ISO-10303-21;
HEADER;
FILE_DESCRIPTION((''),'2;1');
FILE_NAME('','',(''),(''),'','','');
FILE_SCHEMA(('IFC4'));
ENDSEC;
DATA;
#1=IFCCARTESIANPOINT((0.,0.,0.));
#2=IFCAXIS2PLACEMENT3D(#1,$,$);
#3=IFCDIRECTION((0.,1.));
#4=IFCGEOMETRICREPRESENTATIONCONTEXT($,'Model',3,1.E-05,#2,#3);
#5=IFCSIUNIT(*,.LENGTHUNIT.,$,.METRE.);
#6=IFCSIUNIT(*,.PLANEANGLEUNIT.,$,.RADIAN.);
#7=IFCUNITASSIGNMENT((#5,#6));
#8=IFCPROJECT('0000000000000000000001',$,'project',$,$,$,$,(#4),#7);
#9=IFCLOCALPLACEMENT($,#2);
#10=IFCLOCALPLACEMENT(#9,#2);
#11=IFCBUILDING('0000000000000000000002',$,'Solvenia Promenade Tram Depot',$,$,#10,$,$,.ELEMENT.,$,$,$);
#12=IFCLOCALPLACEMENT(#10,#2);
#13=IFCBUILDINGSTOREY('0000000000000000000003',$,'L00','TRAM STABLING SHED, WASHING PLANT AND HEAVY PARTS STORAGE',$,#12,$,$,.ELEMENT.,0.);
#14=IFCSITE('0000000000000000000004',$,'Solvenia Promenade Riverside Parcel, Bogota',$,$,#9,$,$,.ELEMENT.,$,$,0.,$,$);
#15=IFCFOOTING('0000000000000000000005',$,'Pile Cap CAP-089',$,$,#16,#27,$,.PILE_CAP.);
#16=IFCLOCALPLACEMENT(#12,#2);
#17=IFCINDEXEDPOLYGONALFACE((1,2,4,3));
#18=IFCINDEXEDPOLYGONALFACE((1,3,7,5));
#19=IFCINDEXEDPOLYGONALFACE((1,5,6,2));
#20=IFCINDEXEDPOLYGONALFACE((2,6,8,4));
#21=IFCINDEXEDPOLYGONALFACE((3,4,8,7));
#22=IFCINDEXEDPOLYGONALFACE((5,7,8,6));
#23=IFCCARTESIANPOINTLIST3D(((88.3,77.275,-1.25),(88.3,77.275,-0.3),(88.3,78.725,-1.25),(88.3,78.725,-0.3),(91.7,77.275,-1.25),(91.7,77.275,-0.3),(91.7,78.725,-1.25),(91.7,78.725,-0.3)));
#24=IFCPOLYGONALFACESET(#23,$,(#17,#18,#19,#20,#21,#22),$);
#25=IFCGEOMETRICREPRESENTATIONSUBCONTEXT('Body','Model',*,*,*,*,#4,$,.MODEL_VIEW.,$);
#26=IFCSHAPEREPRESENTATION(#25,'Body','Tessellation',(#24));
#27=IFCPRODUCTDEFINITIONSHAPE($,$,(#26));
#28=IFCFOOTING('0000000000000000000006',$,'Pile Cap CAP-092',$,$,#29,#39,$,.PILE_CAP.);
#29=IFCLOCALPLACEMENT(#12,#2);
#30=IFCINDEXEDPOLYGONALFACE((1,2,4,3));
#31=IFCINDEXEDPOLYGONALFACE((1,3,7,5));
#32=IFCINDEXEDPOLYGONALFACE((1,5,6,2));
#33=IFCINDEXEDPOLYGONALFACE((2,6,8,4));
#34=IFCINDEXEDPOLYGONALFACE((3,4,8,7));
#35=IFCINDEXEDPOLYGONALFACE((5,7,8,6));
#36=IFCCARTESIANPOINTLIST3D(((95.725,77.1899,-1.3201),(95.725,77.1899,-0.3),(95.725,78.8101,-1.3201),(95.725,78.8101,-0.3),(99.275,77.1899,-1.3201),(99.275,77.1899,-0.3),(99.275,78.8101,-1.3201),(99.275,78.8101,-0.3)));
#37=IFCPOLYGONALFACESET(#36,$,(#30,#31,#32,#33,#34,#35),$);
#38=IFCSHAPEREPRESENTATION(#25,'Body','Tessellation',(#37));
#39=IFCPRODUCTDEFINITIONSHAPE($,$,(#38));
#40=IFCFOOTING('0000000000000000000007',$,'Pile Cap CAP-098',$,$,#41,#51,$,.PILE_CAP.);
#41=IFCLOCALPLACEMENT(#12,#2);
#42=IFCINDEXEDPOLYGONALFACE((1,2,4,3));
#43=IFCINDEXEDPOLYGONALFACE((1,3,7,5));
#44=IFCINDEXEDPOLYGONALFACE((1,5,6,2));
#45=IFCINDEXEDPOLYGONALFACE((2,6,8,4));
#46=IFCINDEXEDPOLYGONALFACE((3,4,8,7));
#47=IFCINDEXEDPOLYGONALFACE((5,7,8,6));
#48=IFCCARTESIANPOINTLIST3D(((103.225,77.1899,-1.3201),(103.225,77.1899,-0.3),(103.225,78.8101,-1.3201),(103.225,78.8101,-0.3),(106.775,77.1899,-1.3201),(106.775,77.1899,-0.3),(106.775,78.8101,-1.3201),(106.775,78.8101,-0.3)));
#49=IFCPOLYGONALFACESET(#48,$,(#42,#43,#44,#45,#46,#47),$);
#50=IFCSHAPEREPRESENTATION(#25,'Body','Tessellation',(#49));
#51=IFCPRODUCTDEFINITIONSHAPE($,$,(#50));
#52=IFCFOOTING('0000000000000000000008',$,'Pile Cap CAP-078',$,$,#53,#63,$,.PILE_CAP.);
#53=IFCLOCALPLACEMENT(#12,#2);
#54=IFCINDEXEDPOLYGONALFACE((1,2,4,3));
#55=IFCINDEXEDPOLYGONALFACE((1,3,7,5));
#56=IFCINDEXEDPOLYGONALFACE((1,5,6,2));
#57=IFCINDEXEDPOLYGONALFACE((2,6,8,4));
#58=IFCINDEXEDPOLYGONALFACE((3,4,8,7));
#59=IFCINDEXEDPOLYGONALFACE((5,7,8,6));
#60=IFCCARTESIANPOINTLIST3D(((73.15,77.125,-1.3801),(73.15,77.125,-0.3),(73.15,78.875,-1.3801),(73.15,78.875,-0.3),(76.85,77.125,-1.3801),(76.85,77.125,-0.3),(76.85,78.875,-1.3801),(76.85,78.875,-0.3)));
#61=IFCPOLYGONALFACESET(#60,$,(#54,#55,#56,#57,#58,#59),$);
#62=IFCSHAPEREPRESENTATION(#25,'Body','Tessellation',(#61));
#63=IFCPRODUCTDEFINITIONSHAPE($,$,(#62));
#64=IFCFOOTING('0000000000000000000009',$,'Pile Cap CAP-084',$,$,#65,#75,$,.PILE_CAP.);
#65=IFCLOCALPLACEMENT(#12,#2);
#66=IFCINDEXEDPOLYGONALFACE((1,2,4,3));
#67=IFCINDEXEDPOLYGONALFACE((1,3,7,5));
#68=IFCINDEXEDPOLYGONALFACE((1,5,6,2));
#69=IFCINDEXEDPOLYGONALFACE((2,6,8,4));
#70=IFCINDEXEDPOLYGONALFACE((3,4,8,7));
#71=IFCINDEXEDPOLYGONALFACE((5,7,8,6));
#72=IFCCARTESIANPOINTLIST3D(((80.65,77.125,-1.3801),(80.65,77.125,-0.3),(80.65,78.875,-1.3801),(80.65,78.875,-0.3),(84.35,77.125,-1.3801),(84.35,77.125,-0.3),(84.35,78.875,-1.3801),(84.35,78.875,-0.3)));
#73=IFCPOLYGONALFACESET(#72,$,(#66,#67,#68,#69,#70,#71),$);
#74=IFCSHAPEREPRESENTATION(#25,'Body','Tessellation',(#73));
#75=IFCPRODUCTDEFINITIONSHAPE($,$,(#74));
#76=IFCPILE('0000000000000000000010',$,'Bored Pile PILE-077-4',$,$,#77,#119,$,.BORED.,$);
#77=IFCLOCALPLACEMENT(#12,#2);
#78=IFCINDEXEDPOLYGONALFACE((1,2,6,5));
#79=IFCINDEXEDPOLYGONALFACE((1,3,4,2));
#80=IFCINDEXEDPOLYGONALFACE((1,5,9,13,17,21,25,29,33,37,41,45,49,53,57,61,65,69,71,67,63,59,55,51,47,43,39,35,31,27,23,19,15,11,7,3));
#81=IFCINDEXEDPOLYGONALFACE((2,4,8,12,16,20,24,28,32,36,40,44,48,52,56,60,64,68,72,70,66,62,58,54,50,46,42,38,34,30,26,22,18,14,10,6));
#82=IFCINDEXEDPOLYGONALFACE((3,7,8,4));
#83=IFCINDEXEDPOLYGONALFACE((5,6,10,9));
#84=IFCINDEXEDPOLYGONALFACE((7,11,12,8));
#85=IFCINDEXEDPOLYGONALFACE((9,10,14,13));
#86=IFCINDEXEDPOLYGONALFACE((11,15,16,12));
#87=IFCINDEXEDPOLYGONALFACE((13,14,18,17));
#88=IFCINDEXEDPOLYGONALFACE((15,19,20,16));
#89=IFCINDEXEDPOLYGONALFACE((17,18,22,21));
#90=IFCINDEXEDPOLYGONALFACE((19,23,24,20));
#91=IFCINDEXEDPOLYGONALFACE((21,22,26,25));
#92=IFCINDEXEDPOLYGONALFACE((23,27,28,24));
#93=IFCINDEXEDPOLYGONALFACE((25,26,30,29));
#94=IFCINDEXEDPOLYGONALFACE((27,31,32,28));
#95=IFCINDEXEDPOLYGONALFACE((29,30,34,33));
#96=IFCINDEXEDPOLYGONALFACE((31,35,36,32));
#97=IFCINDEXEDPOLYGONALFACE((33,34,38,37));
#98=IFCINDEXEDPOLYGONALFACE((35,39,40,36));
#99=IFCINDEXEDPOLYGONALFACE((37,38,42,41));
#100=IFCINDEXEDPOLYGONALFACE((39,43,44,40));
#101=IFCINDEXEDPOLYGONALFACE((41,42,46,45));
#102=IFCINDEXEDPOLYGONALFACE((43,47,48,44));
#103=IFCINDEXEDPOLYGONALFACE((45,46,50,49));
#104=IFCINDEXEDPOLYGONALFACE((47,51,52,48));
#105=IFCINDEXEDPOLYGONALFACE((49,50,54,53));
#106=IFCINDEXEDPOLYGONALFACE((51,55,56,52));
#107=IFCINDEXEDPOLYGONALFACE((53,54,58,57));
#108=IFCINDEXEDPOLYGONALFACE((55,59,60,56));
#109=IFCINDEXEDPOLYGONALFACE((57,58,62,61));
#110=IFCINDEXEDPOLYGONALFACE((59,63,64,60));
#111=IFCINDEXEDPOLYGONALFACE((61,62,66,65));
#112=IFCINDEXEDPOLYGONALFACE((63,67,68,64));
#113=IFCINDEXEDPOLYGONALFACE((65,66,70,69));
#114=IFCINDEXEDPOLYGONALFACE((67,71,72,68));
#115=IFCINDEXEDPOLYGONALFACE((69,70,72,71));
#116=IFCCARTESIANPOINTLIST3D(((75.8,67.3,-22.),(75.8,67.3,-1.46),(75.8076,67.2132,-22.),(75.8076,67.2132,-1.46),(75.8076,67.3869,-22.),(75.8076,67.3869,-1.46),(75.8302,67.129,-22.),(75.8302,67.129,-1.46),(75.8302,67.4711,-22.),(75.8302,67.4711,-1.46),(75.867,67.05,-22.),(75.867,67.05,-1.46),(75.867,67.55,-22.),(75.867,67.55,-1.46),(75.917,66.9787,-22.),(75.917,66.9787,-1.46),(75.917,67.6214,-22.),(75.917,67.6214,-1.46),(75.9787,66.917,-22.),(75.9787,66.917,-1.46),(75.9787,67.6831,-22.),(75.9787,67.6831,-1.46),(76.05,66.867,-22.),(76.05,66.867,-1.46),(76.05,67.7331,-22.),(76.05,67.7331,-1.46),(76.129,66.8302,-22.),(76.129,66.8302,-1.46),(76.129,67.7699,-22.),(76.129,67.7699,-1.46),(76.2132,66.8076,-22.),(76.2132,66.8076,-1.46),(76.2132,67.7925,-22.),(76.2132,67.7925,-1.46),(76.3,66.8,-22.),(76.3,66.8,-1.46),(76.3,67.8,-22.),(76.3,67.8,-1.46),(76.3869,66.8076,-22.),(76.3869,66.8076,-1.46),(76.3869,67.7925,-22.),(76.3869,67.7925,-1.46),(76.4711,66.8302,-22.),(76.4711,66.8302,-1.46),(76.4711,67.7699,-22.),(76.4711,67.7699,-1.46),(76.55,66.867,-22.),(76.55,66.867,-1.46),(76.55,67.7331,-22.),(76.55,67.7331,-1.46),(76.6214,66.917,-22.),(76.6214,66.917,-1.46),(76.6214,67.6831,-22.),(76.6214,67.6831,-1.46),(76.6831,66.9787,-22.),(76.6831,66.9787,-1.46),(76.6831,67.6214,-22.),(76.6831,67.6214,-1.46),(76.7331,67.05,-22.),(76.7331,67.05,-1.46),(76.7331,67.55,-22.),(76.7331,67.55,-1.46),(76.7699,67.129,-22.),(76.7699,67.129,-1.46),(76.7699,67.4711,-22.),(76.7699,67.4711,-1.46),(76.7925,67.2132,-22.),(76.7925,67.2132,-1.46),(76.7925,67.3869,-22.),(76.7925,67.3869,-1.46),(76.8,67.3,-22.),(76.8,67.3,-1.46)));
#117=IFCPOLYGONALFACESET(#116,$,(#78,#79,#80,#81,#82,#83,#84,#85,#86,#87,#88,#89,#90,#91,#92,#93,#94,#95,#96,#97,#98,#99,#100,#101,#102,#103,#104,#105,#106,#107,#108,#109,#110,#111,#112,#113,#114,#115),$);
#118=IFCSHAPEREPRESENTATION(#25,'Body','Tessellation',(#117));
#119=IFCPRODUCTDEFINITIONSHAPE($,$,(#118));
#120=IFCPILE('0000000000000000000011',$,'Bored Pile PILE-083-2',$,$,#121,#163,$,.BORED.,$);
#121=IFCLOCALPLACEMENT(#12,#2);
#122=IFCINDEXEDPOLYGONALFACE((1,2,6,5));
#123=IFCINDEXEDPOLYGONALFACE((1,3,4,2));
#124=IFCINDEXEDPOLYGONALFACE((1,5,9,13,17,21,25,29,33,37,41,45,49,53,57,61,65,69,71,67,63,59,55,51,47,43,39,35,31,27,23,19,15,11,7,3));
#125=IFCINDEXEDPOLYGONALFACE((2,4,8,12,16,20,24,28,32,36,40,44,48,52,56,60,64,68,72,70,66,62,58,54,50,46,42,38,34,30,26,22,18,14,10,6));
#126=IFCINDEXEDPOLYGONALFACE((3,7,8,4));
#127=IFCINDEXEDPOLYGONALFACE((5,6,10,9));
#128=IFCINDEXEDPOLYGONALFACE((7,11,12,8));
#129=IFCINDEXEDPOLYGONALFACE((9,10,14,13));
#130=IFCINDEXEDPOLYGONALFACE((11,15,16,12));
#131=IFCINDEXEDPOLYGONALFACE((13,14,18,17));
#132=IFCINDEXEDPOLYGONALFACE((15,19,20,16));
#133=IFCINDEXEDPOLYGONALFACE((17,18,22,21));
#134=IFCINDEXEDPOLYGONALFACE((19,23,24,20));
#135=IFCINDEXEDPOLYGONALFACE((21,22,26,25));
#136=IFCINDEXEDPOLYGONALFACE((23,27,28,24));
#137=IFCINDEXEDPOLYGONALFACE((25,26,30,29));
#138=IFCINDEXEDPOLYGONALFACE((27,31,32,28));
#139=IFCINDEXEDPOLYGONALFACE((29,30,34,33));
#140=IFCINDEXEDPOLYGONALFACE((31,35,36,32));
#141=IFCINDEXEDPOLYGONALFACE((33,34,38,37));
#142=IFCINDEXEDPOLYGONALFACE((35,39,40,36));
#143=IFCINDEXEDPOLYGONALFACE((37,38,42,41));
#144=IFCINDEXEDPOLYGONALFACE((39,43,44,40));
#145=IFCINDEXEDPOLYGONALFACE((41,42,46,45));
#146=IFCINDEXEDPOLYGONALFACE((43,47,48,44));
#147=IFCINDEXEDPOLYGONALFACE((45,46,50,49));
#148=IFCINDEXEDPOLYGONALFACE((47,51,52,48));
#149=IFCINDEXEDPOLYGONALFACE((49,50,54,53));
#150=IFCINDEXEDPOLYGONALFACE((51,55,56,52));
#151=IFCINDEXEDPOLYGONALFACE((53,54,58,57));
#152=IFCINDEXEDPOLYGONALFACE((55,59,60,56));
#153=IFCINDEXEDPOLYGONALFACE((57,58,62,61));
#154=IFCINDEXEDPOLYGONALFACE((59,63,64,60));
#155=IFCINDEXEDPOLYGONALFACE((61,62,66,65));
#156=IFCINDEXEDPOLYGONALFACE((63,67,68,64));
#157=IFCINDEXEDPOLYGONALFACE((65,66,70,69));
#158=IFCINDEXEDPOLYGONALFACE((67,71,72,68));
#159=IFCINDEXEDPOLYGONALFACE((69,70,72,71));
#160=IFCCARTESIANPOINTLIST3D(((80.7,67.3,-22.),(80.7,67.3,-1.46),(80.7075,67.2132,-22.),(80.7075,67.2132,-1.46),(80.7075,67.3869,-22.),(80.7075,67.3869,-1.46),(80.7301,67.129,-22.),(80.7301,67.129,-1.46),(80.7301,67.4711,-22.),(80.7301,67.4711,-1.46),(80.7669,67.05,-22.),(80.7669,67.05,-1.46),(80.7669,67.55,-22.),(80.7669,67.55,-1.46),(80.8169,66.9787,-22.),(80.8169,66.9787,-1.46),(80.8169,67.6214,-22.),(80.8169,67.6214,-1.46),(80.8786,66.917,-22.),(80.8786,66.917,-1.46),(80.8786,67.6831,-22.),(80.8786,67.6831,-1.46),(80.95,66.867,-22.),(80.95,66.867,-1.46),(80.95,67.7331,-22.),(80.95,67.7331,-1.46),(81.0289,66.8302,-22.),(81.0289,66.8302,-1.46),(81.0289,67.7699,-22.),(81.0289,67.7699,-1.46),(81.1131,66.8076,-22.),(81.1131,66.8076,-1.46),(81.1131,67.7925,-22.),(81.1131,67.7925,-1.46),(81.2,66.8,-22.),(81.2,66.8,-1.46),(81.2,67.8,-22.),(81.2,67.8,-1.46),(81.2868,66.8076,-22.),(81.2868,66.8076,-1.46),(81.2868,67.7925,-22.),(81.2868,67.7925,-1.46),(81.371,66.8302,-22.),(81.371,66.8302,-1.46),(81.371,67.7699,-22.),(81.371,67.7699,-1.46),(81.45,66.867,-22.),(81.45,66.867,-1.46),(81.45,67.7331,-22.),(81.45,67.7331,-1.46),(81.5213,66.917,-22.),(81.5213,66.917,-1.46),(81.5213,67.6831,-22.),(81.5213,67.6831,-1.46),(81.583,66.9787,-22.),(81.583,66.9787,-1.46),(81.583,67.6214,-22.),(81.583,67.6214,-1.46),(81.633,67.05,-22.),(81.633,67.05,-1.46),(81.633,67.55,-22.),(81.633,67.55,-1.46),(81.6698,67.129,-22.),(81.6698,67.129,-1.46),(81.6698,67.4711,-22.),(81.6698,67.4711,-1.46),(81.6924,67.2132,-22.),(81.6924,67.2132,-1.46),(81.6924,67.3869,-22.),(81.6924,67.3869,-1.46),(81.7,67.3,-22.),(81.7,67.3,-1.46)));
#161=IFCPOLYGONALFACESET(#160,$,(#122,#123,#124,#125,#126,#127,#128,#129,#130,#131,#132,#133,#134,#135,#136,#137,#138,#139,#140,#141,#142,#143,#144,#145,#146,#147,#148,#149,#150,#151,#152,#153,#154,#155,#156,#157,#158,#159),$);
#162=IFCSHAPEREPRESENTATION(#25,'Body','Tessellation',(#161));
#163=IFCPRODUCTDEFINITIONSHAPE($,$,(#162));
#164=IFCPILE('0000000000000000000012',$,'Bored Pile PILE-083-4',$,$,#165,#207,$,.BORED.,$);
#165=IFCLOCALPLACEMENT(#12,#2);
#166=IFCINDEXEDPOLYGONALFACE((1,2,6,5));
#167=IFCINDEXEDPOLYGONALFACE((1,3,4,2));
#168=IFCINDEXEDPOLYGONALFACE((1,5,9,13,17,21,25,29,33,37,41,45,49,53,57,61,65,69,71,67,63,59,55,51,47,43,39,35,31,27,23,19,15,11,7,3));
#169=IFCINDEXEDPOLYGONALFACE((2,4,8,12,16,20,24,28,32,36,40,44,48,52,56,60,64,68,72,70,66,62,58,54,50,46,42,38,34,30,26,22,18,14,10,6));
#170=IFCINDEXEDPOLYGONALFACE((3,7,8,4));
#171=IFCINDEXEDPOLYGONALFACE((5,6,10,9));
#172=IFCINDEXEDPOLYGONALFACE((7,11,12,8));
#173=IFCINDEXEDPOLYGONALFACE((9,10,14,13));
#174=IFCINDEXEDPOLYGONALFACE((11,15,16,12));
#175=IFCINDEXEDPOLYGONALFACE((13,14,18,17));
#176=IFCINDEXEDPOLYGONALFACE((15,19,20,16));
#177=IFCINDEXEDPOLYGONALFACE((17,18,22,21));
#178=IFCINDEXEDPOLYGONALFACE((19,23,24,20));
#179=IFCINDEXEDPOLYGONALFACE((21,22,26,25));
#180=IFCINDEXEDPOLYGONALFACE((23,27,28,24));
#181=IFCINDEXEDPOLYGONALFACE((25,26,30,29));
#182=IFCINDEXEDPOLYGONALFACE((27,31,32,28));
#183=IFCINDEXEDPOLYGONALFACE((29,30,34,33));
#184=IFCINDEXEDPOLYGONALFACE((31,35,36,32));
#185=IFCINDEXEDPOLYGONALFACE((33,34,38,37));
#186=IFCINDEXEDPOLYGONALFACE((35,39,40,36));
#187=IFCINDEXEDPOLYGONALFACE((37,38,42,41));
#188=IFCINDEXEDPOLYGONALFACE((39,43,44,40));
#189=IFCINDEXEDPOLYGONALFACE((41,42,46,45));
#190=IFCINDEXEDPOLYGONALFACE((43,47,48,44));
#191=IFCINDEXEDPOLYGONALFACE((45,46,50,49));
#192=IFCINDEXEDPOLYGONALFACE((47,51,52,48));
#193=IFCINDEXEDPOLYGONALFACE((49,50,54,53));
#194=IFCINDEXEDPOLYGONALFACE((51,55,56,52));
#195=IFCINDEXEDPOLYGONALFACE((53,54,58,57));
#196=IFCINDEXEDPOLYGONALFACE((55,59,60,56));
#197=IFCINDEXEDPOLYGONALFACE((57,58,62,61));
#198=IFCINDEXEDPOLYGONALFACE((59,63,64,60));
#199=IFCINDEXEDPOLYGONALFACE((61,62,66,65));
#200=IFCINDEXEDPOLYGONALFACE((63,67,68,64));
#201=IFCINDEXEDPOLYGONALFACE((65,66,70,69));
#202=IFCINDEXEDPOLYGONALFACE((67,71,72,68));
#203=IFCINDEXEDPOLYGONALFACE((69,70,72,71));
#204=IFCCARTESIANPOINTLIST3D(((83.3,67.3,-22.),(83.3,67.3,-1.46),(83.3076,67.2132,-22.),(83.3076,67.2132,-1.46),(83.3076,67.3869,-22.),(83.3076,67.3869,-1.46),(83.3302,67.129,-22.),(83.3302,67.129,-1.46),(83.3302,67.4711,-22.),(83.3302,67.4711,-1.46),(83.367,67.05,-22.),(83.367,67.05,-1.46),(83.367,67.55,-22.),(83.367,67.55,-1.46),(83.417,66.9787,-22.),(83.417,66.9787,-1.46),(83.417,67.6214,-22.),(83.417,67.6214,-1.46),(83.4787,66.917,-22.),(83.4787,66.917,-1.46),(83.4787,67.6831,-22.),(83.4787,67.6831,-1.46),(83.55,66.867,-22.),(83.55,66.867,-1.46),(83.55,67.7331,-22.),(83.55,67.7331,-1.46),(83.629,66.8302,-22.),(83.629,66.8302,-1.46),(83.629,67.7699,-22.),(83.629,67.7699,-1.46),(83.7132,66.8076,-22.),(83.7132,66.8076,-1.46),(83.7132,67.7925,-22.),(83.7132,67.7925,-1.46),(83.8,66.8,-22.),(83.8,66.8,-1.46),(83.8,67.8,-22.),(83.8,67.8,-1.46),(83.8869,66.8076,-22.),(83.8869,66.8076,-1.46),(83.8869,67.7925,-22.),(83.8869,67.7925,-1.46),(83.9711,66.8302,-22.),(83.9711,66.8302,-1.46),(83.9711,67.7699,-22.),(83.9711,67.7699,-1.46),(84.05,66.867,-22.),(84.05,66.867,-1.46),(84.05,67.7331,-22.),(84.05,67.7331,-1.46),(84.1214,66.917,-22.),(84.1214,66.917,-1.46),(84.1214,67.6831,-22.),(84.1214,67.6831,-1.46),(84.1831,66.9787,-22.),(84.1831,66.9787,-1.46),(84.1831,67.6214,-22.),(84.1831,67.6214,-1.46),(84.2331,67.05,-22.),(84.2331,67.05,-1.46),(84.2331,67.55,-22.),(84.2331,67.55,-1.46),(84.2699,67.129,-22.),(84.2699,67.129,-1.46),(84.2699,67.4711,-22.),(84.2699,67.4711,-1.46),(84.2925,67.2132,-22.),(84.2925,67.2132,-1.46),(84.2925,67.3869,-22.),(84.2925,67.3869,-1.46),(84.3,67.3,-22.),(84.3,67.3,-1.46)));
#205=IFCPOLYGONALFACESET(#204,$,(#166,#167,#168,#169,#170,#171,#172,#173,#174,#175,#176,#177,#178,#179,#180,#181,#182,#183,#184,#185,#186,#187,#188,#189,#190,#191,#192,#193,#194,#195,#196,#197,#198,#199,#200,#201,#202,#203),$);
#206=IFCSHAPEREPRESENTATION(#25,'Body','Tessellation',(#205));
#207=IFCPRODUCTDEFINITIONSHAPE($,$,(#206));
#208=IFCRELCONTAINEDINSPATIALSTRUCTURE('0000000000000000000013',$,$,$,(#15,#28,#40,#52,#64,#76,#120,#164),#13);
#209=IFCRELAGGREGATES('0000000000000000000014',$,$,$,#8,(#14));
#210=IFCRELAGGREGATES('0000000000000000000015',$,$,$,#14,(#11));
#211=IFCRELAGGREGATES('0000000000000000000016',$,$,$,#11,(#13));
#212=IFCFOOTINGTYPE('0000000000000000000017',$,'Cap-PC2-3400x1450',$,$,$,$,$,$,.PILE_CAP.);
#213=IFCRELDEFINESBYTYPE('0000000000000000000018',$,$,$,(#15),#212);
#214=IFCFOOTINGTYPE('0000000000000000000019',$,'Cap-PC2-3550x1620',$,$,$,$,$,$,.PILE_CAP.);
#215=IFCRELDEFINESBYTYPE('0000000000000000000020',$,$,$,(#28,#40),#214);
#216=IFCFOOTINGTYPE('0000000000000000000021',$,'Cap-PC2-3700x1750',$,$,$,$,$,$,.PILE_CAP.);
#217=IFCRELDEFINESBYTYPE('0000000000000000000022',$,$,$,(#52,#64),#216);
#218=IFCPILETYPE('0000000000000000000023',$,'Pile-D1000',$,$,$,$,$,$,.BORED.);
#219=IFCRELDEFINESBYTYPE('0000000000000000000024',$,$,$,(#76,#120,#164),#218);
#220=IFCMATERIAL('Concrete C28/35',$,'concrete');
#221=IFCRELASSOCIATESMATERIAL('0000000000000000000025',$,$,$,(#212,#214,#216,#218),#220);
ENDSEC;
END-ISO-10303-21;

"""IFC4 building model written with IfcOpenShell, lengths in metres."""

from ifc_helpers import new_model, si_unit, direction, frame, origin, origin_2d, place, context, subcontext, project, spatial, rectangle, circle, extrude, material, material_profile, profile_set, type_object, element, save


model = new_model("IFC4")

# Units and contexts
model_context = context("Model", 3, precision=1e-05, world=origin(), true_north=direction((0.0, 1.0)))
body_context = subcontext(model_context, "Body", "Model", "MODEL_VIEW")
ifc_project = project(units=[si_unit("LENGTHUNIT", "METRE"), si_unit("PLANEANGLEUNIT", "RADIAN")], contexts=[model_context])

# Site, building, storey
site_placement = place(None, origin())
site = spatial("IfcSite", under=ifc_project, at=site_placement, Name="Solvenia Promenade Riverside Parcel, Bogota", CompositionType="ELEMENT", RefElevation=0.0)
building_placement = place(site_placement, origin())
building = spatial("IfcBuilding", under=site, at=building_placement, Name="Solvenia Promenade Tram Depot", CompositionType="ELEMENT")
storey_placement = place(building_placement, origin())
storey = spatial("IfcBuildingStorey", under=building, at=storey_placement, Name="L00", Description="TRAM STABLING SHED, WASHING PLANT AND HEAVY PARTS STORAGE", CompositionType="ELEMENT", Elevation=0.0)

# Footings
ifc_material_1 = material(Name="Concrete C28/35", Category="concrete")
footing_type_1 = type_object("IfcFootingType", Name="Cap-PC2-3400x1450", PredefinedType="PILE_CAP", material=ifc_material_1)
footing_1_placement = place(storey_placement, frame((90.0, 78.0, -1.25), z_axis=(0.0, 0.0, 1.0), x_axis=(1.0, 0.0, 0.0)))
element("IfcFooting", 1, at=footing_1_placement, inside=storey, type_object=footing_type_1, Name="Pile Cap CAP-089", PredefinedType="PILE_CAP", context=body_context, shape_type="SweptSolid", body=[
    extrude(rectangle(XDim=3.3999, YDim=1.45, at=origin_2d()), origin(), (0.0, 0.0, 1.0), 0.95),
])
footing_type_2 = type_object("IfcFootingType", Name="Cap-PC2-3550x1620", PredefinedType="PILE_CAP", material=ifc_material_1)
for number, where, z_axis, x_axis, name in (
    (2, (97.5, 78.0, -1.3201), (0.0, 0.0, 1.0), (1.0, 0.0, 0.0), "Pile Cap CAP-092"),
    (3, (105.0, 78.0, -1.3201), (0.0, 0.0, 1.0), (1.0, 0.0, 0.0), "Pile Cap CAP-098"),
):
    element("IfcFooting", number, at=place(storey_placement, frame(where, z_axis=z_axis, x_axis=x_axis)), inside=storey, type_object=footing_type_2, Name=name, PredefinedType="PILE_CAP", context=body_context, shape_type="SweptSolid", body=[
        extrude(rectangle(XDim=3.55, YDim=1.6201, at=origin_2d()), origin(), (0.0, 0.0, 1.0), 1.02),
    ])
footing_type_3 = type_object("IfcFootingType", Name="Cap-PC2-3700x1750", PredefinedType="PILE_CAP", material=ifc_material_1)
for number, where, z_axis, x_axis, name in (
    (4, (75.0, 78.0, -1.3801), (0.0, 0.0, 1.0), (1.0, 0.0, 0.0), "Pile Cap CAP-078"),
    (5, (82.5, 78.0, -1.3801), (0.0, 0.0, 1.0), (1.0, 0.0, 0.0), "Pile Cap CAP-084"),
):
    element("IfcFooting", number, at=place(storey_placement, frame(where, z_axis=z_axis, x_axis=x_axis)), inside=storey, type_object=footing_type_3, Name=name, PredefinedType="PILE_CAP", context=body_context, shape_type="SweptSolid", body=[
        extrude(rectangle(XDim=3.7, YDim=1.75, at=origin_2d()), origin(), (0.0, 0.0, 1.0), 1.0801),
    ])

# Piles
ifc_material_profile_1 = material_profile(ifc_material_1, circle(Radius=0.5, at=origin_2d()), Name="D1000", Category="concrete")
ifc_profile_set_1 = profile_set([ifc_material_profile_1], Name="Concrete C28/35")
pile_type_1 = type_object("IfcPileType", Name="Pile-D1000", PredefinedType="BORED", material=ifc_profile_set_1)
for number, where, z_axis, x_axis, name in (
    (6, (76.3, 67.3, -1.46), (0.0, 0.0, -1.0), (1.0, 0.0, 0.0), "Bored Pile PILE-077-4"),
    (7, (81.2, 67.3, -1.46), (0.0, 0.0, -1.0), (1.0, 0.0, 0.0), "Bored Pile PILE-083-2"),
    (8, (83.8, 67.3, -1.46), (0.0, 0.0, -1.0), (1.0, 0.0, 0.0), "Bored Pile PILE-083-4"),
):
    element("IfcPile", number, at=place(storey_placement, frame(where, z_axis=z_axis, x_axis=x_axis)), inside=storey, type_object=pile_type_1, Name=name, PredefinedType="BORED", context=body_context, shape_type="SweptSolid", body=[
        extrude(circle(Radius=0.5, at=origin_2d()), origin(), (0.0, 0.0, 1.0), 20.54),
    ])

save(model, "model.ifc")
